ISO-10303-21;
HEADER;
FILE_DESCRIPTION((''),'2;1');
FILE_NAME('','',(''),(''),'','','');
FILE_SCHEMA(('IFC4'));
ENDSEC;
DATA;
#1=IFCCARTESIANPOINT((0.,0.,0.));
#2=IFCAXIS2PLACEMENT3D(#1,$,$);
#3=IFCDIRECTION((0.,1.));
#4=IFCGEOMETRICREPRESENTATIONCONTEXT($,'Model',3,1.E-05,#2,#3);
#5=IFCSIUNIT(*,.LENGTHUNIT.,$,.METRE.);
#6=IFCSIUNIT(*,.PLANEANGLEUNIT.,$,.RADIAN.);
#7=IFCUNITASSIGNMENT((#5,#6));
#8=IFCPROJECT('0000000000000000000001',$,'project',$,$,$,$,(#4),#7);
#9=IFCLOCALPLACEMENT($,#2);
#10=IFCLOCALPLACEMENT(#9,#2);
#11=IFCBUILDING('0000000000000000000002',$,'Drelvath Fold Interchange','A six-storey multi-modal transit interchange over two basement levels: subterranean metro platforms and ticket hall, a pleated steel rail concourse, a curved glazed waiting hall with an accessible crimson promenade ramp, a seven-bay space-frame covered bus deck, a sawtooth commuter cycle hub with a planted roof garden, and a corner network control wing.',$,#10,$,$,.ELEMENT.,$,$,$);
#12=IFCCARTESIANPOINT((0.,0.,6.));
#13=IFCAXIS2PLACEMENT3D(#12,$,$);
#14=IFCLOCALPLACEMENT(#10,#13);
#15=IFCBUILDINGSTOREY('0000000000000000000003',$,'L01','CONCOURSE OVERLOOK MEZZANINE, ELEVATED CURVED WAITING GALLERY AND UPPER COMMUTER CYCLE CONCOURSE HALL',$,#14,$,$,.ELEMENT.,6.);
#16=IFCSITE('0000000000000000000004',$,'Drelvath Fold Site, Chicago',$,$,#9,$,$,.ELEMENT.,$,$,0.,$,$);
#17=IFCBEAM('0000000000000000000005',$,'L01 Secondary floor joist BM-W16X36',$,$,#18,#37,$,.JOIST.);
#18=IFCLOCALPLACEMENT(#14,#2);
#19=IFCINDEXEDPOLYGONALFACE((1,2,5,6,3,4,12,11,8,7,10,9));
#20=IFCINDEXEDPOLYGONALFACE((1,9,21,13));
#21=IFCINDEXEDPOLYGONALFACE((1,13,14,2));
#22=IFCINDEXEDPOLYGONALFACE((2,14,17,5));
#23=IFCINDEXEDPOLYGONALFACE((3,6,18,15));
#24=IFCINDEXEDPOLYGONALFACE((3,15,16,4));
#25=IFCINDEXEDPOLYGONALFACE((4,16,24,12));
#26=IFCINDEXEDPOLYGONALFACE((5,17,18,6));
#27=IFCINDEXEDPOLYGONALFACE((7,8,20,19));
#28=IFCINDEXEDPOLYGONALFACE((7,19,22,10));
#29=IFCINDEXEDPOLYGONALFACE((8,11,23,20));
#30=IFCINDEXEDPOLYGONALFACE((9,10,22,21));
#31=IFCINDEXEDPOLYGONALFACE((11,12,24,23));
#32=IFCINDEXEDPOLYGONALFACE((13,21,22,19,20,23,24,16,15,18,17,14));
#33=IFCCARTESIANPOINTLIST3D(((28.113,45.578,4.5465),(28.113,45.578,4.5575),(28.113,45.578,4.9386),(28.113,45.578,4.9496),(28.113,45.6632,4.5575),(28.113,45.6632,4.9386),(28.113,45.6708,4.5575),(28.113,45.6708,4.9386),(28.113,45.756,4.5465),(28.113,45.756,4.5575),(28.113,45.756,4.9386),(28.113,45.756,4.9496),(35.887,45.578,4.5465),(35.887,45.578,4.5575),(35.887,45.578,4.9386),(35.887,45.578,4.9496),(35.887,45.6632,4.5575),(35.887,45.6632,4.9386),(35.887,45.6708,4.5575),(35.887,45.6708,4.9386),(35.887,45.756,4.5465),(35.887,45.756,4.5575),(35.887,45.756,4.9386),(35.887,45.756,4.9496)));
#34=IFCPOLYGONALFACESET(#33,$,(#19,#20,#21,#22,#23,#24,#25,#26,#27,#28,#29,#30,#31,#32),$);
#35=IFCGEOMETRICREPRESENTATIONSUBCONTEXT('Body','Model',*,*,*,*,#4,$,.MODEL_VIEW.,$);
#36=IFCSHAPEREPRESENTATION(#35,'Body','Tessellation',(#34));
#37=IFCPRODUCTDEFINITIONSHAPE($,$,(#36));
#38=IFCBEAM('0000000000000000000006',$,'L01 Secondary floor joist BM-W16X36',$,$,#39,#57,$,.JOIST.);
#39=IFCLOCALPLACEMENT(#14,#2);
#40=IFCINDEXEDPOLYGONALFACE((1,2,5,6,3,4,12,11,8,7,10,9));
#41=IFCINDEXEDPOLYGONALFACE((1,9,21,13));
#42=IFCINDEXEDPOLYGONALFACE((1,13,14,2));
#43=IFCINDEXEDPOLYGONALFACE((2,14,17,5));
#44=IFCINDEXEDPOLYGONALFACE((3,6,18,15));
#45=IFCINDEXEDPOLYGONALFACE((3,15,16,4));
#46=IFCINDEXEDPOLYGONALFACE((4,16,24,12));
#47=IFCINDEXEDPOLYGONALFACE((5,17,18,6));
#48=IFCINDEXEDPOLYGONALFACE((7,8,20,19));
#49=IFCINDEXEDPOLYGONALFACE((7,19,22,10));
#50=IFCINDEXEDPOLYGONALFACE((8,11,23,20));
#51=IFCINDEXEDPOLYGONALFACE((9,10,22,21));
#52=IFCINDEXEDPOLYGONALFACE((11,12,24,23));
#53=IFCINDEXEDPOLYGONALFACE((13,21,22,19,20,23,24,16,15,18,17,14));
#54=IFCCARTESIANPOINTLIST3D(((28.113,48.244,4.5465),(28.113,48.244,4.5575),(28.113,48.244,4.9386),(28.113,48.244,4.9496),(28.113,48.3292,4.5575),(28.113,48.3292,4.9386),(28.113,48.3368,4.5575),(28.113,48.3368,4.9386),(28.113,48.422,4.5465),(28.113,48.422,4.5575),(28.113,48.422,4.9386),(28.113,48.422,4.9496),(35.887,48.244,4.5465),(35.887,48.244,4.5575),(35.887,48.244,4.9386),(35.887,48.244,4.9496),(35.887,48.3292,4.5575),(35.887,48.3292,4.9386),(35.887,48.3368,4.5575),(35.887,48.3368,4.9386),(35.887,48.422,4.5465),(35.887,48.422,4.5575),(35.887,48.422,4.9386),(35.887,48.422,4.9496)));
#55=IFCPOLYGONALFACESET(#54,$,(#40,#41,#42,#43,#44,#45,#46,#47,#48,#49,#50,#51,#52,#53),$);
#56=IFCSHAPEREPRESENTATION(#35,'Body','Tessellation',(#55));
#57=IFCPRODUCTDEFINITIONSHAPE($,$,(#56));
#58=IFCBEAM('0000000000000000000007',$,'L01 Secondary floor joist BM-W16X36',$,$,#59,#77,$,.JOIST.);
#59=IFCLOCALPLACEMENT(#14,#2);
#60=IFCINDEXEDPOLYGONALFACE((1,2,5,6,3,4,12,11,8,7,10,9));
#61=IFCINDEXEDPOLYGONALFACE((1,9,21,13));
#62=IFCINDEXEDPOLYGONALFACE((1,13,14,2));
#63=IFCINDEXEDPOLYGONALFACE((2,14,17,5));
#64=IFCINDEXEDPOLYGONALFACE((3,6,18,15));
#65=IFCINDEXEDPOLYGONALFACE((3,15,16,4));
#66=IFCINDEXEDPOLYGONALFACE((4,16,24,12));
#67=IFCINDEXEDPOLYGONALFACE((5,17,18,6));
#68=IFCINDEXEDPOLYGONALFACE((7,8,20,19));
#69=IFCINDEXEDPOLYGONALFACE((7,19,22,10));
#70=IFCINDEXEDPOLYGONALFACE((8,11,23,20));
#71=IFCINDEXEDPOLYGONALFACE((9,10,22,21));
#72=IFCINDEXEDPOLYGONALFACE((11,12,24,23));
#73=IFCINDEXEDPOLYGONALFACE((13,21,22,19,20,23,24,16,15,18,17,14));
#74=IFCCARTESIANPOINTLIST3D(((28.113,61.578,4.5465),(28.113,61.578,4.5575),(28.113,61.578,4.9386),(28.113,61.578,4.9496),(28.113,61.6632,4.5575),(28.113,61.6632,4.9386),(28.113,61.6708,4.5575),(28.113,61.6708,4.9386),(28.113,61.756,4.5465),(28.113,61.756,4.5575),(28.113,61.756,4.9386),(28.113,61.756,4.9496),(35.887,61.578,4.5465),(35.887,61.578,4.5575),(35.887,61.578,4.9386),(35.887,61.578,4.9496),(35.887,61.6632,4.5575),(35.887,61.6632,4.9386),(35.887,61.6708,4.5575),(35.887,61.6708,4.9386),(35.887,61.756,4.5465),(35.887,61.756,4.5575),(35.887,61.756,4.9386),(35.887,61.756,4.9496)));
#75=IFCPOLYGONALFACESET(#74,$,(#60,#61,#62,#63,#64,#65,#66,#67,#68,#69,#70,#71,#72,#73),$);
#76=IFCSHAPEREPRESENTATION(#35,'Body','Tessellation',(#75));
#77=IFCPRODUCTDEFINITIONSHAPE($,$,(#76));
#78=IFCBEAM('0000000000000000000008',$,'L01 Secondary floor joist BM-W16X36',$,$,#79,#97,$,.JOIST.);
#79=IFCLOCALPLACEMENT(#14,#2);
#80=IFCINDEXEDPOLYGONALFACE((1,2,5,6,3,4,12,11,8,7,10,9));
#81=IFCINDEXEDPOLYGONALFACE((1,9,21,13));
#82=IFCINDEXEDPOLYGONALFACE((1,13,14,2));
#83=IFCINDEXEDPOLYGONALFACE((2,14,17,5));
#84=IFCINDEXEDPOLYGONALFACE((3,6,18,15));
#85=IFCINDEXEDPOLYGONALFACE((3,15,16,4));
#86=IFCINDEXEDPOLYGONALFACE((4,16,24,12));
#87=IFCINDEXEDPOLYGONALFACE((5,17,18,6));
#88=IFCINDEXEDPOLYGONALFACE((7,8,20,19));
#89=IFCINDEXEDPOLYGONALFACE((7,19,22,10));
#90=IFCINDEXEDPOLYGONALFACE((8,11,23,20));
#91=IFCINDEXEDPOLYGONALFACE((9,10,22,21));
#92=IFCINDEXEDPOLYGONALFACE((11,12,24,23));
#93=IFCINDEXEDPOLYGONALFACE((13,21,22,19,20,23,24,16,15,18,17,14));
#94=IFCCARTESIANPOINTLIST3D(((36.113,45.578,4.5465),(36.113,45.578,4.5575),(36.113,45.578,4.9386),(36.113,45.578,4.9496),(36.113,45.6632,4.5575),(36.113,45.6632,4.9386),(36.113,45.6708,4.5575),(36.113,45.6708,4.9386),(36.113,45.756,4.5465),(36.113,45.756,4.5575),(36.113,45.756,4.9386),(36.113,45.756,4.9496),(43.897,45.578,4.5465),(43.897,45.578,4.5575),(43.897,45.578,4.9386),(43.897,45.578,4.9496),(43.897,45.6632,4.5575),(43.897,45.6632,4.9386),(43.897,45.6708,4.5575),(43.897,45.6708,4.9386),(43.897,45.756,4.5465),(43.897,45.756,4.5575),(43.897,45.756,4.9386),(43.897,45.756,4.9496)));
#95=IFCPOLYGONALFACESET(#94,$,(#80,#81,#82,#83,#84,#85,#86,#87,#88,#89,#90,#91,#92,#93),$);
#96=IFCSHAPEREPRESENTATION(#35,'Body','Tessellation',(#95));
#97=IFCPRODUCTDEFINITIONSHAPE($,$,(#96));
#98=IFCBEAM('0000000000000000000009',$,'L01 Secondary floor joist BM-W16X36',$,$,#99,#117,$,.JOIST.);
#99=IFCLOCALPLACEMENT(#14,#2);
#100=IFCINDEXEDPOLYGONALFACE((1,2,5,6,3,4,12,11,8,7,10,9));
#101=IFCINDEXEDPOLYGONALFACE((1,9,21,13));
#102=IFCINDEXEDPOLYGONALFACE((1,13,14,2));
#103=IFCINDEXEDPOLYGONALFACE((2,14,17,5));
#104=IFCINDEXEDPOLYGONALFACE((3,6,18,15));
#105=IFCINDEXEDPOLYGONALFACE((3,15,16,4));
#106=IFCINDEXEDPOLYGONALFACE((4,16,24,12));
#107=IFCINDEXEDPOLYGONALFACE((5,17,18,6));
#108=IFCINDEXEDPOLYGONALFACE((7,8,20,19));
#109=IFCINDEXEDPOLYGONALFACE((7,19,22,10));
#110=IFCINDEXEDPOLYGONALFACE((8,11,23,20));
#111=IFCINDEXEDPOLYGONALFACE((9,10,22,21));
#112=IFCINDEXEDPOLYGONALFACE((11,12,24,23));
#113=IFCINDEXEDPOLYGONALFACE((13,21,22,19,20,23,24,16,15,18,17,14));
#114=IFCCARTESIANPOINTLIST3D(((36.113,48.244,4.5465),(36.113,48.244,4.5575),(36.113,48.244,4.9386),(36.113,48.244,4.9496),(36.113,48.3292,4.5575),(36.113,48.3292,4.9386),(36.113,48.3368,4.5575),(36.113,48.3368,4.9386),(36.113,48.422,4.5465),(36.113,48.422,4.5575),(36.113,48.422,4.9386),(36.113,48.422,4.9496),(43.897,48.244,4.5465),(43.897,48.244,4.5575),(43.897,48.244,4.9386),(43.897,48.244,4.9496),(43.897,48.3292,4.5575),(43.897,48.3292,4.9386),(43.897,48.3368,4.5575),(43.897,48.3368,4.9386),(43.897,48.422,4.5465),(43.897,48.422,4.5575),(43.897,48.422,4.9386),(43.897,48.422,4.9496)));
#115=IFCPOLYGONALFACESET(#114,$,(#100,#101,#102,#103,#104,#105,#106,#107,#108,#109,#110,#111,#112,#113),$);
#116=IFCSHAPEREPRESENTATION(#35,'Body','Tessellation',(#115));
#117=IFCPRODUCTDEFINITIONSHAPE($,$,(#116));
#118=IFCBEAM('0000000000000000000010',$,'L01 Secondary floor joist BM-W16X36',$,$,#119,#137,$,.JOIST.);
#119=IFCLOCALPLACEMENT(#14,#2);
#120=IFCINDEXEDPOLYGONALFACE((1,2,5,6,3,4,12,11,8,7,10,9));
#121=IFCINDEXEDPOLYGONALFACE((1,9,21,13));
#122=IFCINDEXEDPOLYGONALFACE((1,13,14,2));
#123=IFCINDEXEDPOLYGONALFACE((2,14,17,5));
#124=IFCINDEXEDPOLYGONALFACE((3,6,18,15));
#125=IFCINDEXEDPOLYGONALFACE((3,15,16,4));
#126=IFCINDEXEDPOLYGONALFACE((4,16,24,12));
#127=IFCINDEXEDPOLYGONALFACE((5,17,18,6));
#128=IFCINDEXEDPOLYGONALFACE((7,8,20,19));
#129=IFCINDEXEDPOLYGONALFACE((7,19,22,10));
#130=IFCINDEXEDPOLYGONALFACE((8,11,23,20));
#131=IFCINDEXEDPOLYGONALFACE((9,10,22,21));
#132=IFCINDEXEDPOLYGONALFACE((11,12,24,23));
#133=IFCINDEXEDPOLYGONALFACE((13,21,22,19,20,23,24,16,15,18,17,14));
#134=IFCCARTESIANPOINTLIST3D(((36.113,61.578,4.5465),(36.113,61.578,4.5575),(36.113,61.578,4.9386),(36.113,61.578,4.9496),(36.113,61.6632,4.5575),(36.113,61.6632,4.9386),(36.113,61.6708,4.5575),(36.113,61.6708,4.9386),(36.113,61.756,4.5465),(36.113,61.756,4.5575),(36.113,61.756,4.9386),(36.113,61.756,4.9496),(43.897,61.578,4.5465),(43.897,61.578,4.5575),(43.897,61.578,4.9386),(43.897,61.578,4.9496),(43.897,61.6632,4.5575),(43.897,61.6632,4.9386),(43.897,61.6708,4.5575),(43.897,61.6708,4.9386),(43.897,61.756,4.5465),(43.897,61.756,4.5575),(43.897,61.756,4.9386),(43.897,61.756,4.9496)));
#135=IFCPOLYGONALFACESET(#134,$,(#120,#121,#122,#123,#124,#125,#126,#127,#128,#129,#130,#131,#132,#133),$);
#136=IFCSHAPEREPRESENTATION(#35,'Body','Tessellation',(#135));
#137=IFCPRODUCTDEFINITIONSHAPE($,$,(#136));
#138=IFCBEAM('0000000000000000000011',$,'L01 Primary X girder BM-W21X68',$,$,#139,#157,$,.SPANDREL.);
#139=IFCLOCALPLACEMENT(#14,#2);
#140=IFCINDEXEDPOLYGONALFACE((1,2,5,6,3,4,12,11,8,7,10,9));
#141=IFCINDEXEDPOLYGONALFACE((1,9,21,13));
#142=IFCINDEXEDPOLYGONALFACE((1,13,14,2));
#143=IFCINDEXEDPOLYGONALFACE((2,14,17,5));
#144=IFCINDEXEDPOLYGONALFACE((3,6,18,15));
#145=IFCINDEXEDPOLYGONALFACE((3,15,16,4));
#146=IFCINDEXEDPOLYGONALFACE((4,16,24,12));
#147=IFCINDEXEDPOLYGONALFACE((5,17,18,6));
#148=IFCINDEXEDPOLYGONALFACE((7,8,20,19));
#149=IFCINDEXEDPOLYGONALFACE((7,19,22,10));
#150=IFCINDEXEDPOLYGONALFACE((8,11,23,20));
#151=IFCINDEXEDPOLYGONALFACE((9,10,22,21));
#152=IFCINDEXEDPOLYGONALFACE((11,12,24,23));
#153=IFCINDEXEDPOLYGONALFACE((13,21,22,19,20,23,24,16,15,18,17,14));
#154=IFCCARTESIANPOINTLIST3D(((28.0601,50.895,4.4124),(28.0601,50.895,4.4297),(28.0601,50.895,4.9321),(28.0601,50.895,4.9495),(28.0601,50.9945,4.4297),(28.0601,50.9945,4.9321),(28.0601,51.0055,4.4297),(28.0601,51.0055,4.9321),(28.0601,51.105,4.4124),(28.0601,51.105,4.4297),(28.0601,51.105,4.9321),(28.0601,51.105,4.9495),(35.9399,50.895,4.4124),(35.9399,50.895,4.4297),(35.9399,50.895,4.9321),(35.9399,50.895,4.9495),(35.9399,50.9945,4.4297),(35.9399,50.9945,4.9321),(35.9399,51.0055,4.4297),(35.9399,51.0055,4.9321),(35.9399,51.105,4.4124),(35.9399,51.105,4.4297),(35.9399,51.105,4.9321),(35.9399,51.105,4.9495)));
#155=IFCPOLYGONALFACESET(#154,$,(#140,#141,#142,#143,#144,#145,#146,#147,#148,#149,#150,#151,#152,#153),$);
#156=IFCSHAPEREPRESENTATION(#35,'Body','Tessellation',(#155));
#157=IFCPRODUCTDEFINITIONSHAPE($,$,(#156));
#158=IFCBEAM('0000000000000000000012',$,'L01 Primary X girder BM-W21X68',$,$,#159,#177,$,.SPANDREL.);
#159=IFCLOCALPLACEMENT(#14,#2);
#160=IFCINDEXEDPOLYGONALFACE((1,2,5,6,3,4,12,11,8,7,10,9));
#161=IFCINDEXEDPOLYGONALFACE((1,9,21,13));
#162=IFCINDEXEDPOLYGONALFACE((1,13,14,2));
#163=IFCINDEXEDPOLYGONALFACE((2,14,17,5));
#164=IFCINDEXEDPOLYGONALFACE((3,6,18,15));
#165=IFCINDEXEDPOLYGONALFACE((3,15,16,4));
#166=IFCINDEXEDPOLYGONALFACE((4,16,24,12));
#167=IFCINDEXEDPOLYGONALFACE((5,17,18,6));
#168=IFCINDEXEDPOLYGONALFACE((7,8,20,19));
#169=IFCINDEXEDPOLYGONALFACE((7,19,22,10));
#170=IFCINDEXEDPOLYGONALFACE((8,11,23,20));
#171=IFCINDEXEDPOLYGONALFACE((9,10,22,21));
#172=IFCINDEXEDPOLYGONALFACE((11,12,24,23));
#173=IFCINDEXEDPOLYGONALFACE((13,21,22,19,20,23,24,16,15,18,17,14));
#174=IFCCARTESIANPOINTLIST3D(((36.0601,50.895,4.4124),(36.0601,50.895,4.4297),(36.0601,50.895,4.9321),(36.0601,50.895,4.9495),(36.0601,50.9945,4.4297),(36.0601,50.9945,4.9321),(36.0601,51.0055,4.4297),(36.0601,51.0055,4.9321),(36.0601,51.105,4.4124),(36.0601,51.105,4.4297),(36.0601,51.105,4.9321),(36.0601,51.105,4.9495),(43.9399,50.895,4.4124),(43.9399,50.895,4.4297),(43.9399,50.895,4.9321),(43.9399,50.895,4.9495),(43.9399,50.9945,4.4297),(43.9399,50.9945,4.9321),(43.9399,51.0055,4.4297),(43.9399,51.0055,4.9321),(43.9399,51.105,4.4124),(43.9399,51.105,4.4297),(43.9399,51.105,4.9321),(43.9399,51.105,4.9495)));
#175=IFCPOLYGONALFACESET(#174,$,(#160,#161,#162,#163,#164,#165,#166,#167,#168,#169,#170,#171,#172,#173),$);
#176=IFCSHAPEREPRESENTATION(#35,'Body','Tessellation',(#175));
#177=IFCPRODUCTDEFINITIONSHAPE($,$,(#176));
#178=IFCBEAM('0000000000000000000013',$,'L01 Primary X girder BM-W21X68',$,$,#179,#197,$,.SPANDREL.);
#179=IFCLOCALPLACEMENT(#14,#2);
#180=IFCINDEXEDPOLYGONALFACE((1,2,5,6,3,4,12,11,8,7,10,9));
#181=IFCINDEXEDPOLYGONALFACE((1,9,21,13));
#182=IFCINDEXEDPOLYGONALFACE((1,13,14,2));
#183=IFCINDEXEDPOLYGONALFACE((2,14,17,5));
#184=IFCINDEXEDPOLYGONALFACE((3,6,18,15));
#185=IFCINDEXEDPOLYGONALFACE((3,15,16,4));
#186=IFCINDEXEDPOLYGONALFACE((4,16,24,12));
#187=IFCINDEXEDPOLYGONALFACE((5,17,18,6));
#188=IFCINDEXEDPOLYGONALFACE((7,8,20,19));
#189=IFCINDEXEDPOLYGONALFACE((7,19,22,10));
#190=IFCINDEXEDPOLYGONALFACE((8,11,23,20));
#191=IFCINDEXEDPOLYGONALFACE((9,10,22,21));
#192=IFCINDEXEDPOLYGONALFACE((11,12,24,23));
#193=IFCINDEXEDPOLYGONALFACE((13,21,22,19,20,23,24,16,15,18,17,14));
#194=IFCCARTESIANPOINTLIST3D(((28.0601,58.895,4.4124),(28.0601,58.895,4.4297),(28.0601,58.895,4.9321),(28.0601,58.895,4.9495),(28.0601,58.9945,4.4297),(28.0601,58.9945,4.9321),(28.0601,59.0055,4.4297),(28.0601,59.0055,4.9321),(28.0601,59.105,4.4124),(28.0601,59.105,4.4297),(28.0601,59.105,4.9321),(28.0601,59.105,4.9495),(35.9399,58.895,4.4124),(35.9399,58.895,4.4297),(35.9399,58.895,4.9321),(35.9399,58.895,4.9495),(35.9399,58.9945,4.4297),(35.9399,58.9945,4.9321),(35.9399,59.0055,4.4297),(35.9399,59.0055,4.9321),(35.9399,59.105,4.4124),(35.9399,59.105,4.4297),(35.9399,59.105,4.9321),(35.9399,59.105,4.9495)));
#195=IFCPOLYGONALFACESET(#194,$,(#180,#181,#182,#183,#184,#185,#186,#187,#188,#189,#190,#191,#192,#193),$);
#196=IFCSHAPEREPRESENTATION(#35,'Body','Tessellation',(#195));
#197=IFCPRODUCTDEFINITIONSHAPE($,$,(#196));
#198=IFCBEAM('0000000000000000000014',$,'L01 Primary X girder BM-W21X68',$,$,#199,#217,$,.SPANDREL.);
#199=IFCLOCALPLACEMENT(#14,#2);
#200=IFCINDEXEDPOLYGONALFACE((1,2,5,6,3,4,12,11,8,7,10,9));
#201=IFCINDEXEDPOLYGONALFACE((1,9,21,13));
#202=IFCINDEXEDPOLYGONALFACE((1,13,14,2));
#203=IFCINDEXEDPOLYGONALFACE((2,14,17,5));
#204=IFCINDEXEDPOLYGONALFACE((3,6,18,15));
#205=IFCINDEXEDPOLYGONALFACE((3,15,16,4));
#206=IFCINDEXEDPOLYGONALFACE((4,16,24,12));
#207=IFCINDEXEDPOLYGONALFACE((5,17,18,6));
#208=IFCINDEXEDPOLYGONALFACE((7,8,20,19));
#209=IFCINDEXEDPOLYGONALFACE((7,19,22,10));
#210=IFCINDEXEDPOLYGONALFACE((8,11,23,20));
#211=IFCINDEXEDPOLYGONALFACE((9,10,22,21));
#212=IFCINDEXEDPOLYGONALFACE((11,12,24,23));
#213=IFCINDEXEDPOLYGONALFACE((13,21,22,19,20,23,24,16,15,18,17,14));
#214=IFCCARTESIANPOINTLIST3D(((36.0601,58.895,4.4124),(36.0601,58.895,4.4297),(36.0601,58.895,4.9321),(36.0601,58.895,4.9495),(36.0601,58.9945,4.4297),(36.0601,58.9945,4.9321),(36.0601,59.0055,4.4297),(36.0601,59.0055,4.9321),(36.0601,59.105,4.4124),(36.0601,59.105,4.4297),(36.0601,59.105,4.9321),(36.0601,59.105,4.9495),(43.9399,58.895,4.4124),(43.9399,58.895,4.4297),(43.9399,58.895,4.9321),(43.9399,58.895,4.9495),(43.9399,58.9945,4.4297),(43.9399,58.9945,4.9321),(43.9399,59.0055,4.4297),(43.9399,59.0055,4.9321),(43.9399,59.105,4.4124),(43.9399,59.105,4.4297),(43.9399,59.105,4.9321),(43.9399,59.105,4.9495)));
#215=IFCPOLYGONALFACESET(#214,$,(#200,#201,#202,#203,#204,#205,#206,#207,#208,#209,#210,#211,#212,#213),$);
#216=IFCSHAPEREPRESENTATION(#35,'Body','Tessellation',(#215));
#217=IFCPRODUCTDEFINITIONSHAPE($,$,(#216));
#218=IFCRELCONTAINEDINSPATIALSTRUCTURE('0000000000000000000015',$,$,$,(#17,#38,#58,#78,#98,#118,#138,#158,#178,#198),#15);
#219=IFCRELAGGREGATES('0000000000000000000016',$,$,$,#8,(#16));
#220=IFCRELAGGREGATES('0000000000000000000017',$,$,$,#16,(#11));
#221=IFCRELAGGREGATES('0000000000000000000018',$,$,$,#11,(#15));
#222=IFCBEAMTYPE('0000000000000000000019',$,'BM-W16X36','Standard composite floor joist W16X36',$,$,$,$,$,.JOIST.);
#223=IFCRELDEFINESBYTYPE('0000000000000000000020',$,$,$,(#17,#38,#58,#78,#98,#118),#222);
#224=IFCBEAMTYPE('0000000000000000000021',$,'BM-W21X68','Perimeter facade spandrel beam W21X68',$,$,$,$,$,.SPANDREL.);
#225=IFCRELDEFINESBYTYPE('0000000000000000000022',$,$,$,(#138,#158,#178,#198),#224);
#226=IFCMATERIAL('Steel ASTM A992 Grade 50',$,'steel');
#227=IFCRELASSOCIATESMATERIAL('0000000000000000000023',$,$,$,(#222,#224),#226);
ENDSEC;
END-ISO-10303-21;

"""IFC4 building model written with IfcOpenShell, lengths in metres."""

from ifc_helpers import new_model, si_unit, direction, frame, origin, origin_2d, place, context, subcontext, project, spatial, i_section, extrude, material, material_profile, profile_set, type_object, element, save


model = new_model("IFC4")

# Units and contexts
model_context = context("Model", 3, precision=1e-05, world=origin(), true_north=direction((0.0, 1.0)))
body_context = subcontext(model_context, "Body", "Model", "MODEL_VIEW")
ifc_project = project(units=[si_unit("LENGTHUNIT", "METRE"), si_unit("PLANEANGLEUNIT", "RADIAN")], contexts=[model_context])

# Site, building, storey
site_placement = place(None, origin())
site = spatial("IfcSite", under=ifc_project, at=site_placement, Name="Drelvath Fold Site, Chicago", CompositionType="ELEMENT", RefElevation=0.0)
building_placement = place(site_placement, origin())
building = spatial("IfcBuilding", under=site, at=building_placement, Name="Drelvath Fold Interchange", Description="A six-storey multi-modal transit interchange over two basement levels: subterranean metro platforms and ticket hall, a pleated steel rail concourse, a curved glazed waiting hall with an accessible crimson promenade ramp, a seven-bay space-frame covered bus deck, a sawtooth commuter cycle hub with a planted roof garden, and a corner network control wing.", CompositionType="ELEMENT")
storey_placement = place(building_placement, frame((0.0, 0.0, 6.0)))
storey = spatial("IfcBuildingStorey", under=building, at=storey_placement, Name="L01", Description="CONCOURSE OVERLOOK MEZZANINE, ELEVATED CURVED WAITING GALLERY AND UPPER COMMUTER CYCLE CONCOURSE HALL", CompositionType="ELEMENT", Elevation=6.0)

# Shared definitions
ifc_material_1 = material(Name="Steel ASTM A992 Grade 50", Category="steel")

# Beams
ifc_material_profile_1 = material_profile(ifc_material_1, i_section(OverallWidth=0.178, OverallDepth=0.4031, WebThickness=0.0076, FlangeThickness=0.011, at=origin_2d()), Name="W16X36")
ifc_profile_set_1 = profile_set([ifc_material_profile_1], Name="Steel ASTM A992 Grade 50")
beam_type_1 = type_object("IfcBeamType", Name="BM-W16X36", Description="Standard composite floor joist W16X36", PredefinedType="JOIST", material=ifc_profile_set_1)
for number, where, z_axis, x_axis, name in (
    (1, (28.113, 45.667, 4.748), (1.0, 0.0, 0.0), (0.0, 1.0, 0.0), "L01 Secondary floor joist BM-W16X36"),
    (2, (28.113, 48.333, 4.748), (1.0, 0.0, 0.0), (0.0, 1.0, 0.0), "L01 Secondary floor joist BM-W16X36"),
    (3, (28.113, 61.667, 4.748), (1.0, 0.0, 0.0), (0.0, 1.0, 0.0), "L01 Secondary floor joist BM-W16X36"),
):
    element("IfcBeam", number, at=place(storey_placement, frame(where, z_axis=z_axis, x_axis=x_axis)), inside=storey, type_object=beam_type_1, Name=name, PredefinedType="JOIST", context=body_context, shape_type="SweptSolid", body=[
        extrude(i_section(OverallWidth=0.178, OverallDepth=0.4031, WebThickness=0.0076, FlangeThickness=0.011, at=origin_2d()), origin(), (0.0, 0.0, 1.0), 7.7739),
    ])
for number, where, z_axis, x_axis, name in (
    (4, (36.113, 45.667, 4.748), (1.0, 0.0, 0.0), (0.0, 1.0, 0.0), "L01 Secondary floor joist BM-W16X36"),
    (5, (36.113, 48.333, 4.748), (1.0, 0.0, 0.0), (0.0, 1.0, 0.0), "L01 Secondary floor joist BM-W16X36"),
    (6, (36.113, 61.667, 4.748), (1.0, 0.0, 0.0), (0.0, 1.0, 0.0), "L01 Secondary floor joist BM-W16X36"),
):
    element("IfcBeam", number, at=place(storey_placement, frame(where, z_axis=z_axis, x_axis=x_axis)), inside=storey, type_object=beam_type_1, Name=name, PredefinedType="JOIST", context=body_context, shape_type="SweptSolid", body=[
        extrude(i_section(OverallWidth=0.178, OverallDepth=0.4031, WebThickness=0.0076, FlangeThickness=0.011, at=origin_2d()), origin(), (0.0, 0.0, 1.0), 7.7839),
    ])
ifc_material_profile_2 = material_profile(ifc_material_1, i_section(OverallWidth=0.21, OverallDepth=0.5371, WebThickness=0.011, FlangeThickness=0.0173, at=origin_2d()), Name="W21X68")
ifc_profile_set_2 = profile_set([ifc_material_profile_2], Name="Steel ASTM A992 Grade 50")
beam_type_2 = type_object("IfcBeamType", Name="BM-W21X68", Description="Perimeter facade spandrel beam W21X68", PredefinedType="SPANDREL", material=ifc_profile_set_2)
for number, where, z_axis, x_axis, name in (
    (7, (28.0601, 51.0, 4.6809), (1.0, 0.0, 0.0), (0.0, 1.0, 0.0), "L01 Primary X girder BM-W21X68"),
    (8, (36.0601, 51.0, 4.6809), (1.0, 0.0, 0.0), (0.0, 1.0, 0.0), "L01 Primary X girder BM-W21X68"),
    (9, (28.0601, 59.0, 4.6809), (1.0, 0.0, 0.0), (0.0, 1.0, 0.0), "L01 Primary X girder BM-W21X68"),
    (10, (36.0601, 59.0, 4.6809), (1.0, 0.0, 0.0), (0.0, 1.0, 0.0), "L01 Primary X girder BM-W21X68"),
):
    element("IfcBeam", number, at=place(storey_placement, frame(where, z_axis=z_axis, x_axis=x_axis)), inside=storey, type_object=beam_type_2, Name=name, PredefinedType="SPANDREL", context=body_context, shape_type="SweptSolid", body=[
        extrude(i_section(OverallWidth=0.21, OverallDepth=0.5371, WebThickness=0.011, FlangeThickness=0.0173, at=origin_2d()), origin(), (0.0, 0.0, 1.0), 7.8799),
    ])

save(model, "model.ifc")
